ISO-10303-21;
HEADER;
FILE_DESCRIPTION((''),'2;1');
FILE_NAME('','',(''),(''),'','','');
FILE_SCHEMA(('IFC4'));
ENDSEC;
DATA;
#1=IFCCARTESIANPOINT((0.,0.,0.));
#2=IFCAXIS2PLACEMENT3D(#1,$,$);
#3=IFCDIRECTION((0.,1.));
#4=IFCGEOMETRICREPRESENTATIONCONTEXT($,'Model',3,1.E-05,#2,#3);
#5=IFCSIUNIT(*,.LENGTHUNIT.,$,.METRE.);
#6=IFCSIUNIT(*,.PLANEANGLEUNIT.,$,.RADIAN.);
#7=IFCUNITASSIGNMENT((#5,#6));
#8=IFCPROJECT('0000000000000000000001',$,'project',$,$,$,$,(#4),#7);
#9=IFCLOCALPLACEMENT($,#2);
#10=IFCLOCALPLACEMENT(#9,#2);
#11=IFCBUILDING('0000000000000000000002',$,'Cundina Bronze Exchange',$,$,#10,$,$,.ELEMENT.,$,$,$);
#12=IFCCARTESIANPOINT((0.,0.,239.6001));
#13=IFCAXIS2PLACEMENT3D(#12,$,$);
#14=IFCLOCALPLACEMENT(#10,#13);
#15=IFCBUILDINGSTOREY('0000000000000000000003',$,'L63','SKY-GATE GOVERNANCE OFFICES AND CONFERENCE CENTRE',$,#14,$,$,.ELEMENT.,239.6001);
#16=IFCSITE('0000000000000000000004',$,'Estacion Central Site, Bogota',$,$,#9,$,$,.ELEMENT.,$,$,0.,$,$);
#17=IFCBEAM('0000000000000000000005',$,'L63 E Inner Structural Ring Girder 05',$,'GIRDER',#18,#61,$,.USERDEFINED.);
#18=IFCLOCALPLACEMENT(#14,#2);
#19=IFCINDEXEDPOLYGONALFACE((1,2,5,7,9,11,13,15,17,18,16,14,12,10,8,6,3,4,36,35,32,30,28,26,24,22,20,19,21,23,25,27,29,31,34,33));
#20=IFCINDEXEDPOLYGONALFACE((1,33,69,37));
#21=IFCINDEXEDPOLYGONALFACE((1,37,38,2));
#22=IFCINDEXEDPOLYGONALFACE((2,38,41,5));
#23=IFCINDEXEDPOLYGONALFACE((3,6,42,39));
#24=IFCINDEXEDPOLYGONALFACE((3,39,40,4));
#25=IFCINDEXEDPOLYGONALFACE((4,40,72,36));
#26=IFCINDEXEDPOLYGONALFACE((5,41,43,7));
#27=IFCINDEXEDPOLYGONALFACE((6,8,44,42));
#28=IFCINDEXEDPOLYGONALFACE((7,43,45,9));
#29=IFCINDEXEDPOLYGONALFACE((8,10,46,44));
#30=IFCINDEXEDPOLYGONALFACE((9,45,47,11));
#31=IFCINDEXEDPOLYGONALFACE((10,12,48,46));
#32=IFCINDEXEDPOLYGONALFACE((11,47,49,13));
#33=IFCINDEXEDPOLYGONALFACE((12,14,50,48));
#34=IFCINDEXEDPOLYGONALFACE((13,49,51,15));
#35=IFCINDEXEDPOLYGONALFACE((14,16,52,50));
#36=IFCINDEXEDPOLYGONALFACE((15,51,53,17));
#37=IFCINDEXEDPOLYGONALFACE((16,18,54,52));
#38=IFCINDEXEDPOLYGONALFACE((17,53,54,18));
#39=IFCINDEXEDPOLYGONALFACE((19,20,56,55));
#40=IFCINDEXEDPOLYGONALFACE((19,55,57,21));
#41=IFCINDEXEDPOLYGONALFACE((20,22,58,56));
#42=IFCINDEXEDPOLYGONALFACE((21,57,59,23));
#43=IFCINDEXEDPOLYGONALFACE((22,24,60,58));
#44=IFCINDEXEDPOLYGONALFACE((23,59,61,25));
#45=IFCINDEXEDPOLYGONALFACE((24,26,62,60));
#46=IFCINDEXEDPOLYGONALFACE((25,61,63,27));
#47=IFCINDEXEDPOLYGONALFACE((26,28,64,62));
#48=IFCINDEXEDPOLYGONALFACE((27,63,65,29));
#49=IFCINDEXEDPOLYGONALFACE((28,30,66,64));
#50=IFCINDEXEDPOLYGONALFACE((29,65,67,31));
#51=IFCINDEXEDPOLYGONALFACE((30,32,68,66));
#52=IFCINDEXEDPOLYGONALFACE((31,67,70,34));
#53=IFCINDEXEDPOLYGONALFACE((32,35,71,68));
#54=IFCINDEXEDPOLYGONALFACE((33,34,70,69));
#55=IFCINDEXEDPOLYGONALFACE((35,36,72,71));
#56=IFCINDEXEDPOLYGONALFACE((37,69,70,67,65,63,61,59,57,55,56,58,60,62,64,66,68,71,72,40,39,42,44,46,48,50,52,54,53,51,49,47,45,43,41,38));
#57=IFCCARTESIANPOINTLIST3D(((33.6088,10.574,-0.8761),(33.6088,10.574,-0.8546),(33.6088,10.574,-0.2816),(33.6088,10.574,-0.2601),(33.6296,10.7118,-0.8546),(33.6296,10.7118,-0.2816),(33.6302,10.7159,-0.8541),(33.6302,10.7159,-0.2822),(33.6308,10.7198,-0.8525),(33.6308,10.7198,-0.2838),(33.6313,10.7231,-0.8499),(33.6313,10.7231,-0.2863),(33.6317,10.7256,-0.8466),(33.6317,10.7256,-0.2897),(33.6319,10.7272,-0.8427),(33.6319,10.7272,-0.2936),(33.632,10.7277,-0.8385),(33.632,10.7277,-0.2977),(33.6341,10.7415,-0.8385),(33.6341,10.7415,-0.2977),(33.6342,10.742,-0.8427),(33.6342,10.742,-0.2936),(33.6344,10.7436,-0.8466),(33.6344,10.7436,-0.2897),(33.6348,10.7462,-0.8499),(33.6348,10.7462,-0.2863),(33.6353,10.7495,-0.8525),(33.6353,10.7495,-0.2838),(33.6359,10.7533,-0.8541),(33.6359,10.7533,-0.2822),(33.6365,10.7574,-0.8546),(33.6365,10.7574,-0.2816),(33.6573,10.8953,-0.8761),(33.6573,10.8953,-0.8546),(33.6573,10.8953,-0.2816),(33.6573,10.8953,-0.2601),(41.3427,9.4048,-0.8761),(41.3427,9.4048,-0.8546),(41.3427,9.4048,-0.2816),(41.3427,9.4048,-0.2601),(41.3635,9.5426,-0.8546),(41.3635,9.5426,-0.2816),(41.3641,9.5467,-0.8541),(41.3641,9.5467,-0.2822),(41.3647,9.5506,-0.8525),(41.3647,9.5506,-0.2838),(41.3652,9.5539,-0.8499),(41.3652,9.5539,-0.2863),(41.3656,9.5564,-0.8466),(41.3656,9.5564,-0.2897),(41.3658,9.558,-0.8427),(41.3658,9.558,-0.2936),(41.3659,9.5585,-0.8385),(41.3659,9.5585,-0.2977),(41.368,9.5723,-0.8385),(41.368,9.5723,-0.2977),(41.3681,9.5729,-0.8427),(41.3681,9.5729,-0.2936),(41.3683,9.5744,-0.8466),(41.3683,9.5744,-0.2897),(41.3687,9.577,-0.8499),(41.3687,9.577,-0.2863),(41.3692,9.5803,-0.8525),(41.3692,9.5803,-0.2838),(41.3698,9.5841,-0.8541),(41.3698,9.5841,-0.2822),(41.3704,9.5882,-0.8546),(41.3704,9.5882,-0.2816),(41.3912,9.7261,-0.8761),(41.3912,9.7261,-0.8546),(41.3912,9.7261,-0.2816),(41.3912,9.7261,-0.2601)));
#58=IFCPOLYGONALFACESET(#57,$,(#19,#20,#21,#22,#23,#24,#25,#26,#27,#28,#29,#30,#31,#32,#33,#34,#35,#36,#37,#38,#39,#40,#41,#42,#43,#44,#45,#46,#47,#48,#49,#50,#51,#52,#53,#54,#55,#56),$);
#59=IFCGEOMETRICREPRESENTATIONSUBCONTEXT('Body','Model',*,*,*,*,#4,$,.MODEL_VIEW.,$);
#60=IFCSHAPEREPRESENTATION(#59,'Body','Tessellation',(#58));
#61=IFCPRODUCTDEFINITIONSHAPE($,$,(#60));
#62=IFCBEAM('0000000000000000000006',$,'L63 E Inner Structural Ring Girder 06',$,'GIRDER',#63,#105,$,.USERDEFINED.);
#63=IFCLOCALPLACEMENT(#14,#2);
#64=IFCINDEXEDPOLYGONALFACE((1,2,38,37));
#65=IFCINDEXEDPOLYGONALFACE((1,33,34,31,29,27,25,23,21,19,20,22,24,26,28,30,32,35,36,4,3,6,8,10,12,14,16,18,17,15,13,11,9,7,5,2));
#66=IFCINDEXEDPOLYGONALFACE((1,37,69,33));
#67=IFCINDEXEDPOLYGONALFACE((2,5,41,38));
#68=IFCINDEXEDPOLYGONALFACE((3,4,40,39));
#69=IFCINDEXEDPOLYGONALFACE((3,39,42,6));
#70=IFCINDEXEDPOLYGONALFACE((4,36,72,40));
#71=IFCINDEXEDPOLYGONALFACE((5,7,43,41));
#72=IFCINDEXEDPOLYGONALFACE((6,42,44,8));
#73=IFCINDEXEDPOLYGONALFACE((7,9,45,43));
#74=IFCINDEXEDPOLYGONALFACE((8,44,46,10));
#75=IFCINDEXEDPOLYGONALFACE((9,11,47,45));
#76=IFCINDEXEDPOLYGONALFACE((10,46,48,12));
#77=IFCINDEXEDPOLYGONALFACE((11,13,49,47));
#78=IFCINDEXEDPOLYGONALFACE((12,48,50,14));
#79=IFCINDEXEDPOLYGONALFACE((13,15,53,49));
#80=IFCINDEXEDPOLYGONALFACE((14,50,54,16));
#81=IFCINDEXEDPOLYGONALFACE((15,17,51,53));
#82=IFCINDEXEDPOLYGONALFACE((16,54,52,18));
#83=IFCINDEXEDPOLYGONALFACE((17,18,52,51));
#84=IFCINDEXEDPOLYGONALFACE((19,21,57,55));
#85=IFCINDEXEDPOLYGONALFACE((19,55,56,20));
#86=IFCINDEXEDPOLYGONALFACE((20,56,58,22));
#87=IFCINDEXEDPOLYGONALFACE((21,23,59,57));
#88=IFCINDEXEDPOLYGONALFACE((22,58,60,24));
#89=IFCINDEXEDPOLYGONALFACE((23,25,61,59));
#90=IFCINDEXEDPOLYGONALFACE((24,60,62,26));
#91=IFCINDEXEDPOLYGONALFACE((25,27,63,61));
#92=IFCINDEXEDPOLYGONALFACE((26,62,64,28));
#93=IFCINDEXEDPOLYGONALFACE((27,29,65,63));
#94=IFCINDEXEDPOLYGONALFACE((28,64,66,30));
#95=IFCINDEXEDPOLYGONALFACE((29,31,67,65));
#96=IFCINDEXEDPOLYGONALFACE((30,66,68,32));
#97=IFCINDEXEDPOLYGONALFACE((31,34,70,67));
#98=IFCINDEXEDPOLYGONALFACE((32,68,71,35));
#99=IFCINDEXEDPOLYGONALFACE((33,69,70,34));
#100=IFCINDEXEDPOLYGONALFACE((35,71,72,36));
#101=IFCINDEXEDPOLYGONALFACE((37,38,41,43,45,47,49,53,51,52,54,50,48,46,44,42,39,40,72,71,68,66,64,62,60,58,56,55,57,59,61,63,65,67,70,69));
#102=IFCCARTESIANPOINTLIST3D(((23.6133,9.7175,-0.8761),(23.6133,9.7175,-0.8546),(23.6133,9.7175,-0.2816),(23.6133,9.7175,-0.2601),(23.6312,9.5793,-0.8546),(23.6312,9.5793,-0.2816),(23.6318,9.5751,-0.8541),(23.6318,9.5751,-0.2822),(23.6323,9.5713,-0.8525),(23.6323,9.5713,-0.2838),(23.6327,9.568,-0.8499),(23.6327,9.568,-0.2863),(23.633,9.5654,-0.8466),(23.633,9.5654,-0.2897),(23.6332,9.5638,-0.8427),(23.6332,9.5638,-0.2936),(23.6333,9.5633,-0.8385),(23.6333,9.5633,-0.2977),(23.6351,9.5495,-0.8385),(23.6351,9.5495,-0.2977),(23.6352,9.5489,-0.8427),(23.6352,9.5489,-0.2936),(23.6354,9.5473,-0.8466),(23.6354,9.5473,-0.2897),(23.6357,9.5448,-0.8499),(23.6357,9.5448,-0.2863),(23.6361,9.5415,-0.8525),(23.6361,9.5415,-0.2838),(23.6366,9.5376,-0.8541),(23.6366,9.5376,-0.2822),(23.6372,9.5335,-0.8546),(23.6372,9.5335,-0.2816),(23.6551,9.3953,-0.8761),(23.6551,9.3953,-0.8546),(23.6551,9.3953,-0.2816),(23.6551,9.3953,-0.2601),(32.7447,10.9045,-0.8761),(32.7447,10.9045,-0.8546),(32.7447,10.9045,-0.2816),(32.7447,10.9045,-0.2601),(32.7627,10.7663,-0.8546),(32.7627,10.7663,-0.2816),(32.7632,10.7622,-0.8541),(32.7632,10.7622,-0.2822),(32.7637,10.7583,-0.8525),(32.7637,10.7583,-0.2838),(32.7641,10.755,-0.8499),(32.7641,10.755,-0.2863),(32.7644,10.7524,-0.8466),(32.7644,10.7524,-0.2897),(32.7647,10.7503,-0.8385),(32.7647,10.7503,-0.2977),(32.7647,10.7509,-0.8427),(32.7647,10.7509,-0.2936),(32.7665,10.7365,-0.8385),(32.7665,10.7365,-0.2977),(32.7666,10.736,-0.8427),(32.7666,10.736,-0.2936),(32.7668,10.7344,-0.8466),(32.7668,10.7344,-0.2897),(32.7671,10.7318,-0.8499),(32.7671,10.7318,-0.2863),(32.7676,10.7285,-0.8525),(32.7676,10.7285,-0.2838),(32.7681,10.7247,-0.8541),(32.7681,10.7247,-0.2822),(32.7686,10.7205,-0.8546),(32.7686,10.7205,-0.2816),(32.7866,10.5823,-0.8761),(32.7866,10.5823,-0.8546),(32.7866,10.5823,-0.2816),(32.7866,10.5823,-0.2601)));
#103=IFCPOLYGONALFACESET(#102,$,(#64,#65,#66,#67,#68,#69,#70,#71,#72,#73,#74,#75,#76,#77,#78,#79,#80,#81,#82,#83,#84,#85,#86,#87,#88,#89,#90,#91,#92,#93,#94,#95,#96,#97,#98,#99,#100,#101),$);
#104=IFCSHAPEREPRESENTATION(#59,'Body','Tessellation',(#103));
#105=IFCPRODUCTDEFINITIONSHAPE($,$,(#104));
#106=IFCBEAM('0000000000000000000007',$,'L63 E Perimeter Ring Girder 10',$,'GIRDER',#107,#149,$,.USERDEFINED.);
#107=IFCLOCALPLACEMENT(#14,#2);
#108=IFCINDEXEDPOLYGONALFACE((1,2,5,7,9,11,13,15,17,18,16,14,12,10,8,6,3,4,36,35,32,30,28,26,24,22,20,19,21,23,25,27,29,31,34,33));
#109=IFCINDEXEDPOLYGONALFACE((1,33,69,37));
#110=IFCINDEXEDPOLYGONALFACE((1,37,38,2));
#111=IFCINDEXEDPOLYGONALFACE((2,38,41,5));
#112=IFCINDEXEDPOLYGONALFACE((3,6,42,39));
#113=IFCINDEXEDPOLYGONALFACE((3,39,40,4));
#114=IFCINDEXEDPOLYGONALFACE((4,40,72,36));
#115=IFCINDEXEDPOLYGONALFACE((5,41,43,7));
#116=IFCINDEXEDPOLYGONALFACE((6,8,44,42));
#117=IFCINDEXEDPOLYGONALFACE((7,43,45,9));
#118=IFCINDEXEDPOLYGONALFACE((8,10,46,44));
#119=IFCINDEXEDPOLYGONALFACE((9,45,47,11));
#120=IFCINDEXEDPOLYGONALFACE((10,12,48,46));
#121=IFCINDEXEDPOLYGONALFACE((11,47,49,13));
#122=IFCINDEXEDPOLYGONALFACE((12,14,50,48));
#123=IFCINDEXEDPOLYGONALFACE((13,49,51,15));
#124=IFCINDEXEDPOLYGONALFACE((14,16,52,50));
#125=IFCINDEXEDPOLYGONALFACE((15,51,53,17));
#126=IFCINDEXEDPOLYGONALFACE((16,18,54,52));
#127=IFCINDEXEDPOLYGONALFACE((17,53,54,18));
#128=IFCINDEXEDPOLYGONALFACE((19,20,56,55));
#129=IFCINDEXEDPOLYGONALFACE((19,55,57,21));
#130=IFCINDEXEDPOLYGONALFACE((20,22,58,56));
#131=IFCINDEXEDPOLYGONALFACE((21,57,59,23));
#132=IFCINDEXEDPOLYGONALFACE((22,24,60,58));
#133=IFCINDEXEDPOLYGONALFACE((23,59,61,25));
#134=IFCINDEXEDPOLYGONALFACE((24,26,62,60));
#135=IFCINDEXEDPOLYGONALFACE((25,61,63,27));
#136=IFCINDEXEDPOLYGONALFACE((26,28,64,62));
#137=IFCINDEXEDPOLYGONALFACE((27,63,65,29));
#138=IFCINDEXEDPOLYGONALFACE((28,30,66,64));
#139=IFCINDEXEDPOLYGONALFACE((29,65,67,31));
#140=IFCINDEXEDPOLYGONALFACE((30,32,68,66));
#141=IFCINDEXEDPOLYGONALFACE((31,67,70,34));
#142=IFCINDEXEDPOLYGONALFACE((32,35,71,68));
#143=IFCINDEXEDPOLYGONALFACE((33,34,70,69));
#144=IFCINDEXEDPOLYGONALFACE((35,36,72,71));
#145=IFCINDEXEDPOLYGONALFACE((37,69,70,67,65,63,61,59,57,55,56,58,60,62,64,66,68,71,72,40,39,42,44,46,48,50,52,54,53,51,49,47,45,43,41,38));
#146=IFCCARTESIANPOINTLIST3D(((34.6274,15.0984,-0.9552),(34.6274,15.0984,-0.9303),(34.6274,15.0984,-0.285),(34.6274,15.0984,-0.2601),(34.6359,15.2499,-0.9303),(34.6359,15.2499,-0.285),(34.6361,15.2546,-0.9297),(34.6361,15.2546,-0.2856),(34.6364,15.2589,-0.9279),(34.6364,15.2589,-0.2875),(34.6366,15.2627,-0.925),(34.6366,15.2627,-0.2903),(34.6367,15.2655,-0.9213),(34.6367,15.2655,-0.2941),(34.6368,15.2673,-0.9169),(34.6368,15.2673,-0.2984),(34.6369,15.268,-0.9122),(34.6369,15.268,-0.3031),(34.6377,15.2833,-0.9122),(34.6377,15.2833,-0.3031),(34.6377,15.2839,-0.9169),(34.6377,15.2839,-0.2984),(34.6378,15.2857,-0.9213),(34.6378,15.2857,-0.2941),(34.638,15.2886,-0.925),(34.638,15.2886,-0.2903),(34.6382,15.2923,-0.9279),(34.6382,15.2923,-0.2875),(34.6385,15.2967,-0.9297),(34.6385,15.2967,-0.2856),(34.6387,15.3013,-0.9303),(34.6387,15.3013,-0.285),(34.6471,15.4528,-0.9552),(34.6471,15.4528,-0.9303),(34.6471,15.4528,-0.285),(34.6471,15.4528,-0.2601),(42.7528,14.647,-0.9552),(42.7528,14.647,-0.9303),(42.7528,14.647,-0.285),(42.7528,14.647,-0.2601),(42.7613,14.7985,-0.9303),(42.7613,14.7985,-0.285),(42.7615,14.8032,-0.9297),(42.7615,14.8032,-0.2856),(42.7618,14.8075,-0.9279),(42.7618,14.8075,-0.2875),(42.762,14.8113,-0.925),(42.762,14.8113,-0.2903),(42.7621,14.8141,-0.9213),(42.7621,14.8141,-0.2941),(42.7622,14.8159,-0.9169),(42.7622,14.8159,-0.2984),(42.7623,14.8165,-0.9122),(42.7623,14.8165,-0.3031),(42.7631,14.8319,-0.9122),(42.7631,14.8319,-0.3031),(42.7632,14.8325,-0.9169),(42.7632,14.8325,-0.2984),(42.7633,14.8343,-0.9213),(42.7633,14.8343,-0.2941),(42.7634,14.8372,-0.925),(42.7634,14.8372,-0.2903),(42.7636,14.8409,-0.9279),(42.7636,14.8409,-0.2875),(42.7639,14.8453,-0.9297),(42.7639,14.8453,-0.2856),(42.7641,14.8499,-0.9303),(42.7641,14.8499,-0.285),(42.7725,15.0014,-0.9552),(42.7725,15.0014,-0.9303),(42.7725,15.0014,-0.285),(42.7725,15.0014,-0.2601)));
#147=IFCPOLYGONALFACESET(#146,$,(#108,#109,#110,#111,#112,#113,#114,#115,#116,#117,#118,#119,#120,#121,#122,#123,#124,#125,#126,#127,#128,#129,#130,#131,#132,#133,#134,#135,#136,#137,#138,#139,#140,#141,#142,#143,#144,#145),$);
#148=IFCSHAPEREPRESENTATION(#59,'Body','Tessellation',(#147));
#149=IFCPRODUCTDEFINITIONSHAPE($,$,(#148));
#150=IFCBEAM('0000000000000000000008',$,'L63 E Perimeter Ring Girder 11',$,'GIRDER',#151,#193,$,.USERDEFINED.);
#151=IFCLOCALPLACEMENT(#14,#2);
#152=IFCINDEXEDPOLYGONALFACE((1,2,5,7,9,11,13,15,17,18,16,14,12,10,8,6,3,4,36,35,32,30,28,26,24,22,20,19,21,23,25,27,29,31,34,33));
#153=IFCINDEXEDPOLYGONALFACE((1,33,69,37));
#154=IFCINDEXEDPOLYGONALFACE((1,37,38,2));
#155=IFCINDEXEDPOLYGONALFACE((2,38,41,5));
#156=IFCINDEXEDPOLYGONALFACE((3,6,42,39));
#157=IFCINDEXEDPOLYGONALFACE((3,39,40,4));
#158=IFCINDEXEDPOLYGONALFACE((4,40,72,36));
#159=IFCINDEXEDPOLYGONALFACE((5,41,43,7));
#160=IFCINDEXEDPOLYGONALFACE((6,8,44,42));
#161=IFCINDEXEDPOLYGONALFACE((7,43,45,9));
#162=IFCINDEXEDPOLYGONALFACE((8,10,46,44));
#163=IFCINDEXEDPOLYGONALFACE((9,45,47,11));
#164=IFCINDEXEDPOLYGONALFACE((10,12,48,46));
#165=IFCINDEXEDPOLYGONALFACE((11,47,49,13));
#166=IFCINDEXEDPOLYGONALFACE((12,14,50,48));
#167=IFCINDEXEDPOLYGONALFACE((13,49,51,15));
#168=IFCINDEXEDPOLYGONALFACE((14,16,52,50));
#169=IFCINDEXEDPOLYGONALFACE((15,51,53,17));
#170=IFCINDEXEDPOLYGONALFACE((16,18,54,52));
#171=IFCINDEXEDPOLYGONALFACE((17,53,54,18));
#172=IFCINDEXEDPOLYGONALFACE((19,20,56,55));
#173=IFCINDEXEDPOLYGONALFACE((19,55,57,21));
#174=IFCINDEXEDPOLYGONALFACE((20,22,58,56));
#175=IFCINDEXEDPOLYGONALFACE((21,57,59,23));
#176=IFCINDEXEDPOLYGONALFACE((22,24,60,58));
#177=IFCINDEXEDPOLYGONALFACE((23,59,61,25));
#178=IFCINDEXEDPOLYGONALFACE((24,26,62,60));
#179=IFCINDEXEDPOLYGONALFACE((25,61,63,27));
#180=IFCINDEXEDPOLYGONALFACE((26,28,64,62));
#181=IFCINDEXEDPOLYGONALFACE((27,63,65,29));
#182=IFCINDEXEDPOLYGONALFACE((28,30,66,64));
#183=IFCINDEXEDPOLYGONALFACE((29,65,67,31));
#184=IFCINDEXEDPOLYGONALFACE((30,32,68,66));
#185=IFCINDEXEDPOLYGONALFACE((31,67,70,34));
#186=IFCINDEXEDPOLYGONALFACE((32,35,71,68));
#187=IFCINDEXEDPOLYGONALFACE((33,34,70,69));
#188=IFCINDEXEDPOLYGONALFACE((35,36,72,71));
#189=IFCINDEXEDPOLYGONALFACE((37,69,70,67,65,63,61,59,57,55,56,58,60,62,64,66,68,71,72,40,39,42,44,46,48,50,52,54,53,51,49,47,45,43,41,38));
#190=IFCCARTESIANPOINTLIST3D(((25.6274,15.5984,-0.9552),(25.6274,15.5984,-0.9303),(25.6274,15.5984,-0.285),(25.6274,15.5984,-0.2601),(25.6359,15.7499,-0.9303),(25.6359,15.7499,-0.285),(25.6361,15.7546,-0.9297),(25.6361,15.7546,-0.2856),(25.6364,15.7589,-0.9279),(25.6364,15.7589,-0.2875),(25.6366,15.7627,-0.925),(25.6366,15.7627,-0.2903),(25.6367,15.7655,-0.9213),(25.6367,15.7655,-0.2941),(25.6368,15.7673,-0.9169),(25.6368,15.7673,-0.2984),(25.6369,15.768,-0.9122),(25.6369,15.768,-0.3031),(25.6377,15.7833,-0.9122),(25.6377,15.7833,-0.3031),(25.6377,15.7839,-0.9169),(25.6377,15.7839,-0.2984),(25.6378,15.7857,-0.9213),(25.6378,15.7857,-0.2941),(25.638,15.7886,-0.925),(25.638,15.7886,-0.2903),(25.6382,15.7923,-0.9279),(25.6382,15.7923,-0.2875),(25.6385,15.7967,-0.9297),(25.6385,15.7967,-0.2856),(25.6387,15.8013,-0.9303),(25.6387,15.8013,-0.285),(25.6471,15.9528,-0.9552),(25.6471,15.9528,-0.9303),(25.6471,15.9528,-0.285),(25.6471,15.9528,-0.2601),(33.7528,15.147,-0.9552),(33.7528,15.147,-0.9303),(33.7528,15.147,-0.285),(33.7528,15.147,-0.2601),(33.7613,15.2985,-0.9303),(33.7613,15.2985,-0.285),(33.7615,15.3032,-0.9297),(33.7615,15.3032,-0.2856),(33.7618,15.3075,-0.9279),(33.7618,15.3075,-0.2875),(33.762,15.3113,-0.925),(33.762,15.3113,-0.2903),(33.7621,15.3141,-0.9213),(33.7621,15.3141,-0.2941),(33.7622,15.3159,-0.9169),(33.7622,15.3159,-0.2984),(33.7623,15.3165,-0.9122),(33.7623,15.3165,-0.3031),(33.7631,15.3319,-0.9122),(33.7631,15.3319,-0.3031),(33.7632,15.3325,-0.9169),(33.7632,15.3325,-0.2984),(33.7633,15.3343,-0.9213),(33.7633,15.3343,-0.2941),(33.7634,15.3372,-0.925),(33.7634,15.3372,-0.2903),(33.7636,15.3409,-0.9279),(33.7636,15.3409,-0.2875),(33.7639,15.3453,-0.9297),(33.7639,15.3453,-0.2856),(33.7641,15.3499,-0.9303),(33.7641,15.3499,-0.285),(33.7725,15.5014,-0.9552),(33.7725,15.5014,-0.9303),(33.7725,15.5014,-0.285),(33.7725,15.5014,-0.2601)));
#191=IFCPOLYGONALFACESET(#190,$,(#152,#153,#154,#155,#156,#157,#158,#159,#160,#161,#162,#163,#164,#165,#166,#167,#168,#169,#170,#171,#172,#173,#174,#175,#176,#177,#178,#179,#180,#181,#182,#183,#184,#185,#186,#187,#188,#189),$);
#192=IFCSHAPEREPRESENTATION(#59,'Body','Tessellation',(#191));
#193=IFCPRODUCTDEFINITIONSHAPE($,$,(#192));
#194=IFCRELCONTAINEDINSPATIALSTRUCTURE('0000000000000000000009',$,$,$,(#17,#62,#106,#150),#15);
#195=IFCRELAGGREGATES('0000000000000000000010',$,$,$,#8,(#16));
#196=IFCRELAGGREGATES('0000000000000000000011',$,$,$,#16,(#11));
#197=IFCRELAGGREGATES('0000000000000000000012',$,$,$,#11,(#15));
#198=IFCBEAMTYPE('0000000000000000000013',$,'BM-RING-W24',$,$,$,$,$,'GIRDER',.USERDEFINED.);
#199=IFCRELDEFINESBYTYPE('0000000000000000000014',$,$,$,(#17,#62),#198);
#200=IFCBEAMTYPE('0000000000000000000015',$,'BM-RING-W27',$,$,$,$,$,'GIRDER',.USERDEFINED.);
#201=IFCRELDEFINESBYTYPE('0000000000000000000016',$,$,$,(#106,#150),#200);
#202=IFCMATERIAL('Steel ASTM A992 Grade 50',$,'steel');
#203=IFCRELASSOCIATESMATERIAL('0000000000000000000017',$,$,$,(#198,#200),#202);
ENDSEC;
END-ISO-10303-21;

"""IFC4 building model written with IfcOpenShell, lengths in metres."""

from ifc_helpers import new_model, si_unit, direction, frame, origin, origin_2d, place, context, subcontext, project, spatial, i_section, extrude, material, material_profile, profile_set, type_object, element, save


model = new_model("IFC4")

# Units and contexts
model_context = context("Model", 3, precision=1e-05, world=origin(), true_north=direction((0.0, 1.0)))
body_context = subcontext(model_context, "Body", "Model", "MODEL_VIEW")
ifc_project = project(units=[si_unit("LENGTHUNIT", "METRE"), si_unit("PLANEANGLEUNIT", "RADIAN")], contexts=[model_context])

# Site, building, storey
site_placement = place(None, origin())
site = spatial("IfcSite", under=ifc_project, at=site_placement, Name="Estacion Central Site, Bogota", CompositionType="ELEMENT", RefElevation=0.0)
building_placement = place(site_placement, origin())
building = spatial("IfcBuilding", under=site, at=building_placement, Name="Cundina Bronze Exchange", CompositionType="ELEMENT")
storey_placement = place(building_placement, frame((0.0, 0.0, 239.6001)))
storey = spatial("IfcBuildingStorey", under=building, at=storey_placement, Name="L63", Description="SKY-GATE GOVERNANCE OFFICES AND CONFERENCE CENTRE", CompositionType="ELEMENT", Elevation=239.6001)

# Beams
ifc_material_1 = material(Name="Steel ASTM A992 Grade 50", Category="steel")
ifc_material_profile_1 = material_profile(ifc_material_1, i_section(OverallWidth=0.325, OverallDepth=0.616, WebThickness=0.0139, FlangeThickness=0.0215, FilletRadius=0.0161, at=origin_2d()), Name="W24X117", Category="steel")
ifc_profile_set_1 = profile_set([ifc_material_profile_1], Name="Steel ASTM A992 Grade 50")
beam_type_1 = type_object("IfcBeamType", Name="BM-RING-W24", ElementType="GIRDER", PredefinedType="USERDEFINED", material=ifc_profile_set_1)
beam_1_placement = place(storey_placement, frame((41.3669, 9.5654, -0.5681), z_axis=(-0.988765, 0.149479, 0.0), x_axis=(-0.149479, -0.988765, 0.0)))
element("IfcBeam", 1, at=beam_1_placement, inside=storey, type_object=beam_type_1, Name="L63 E Inner Structural Ring Girder 05", ObjectType="GIRDER", PredefinedType="USERDEFINED", context=body_context, shape_type="SweptSolid", body=[
    extrude(i_section(OverallWidth=0.325, OverallDepth=0.616, WebThickness=0.0139, FlangeThickness=0.0215, FilletRadius=0.0161, at=origin_2d()), origin(), (0.0, 0.0, 1.0), 7.8218),
])
beam_2_placement = place(storey_placement, frame((32.7656, 10.7434, -0.5681), z_axis=(-0.991656, -0.128908, 0.0), x_axis=(0.128908, -0.991656, 0.0)))
element("IfcBeam", 2, at=beam_2_placement, inside=storey, type_object=beam_type_1, Name="L63 E Inner Structural Ring Girder 06", ObjectType="GIRDER", PredefinedType="USERDEFINED", context=body_context, shape_type="SweptSolid", body=[
    extrude(i_section(OverallWidth=0.325, OverallDepth=0.616, WebThickness=0.0139, FlangeThickness=0.0215, FilletRadius=0.0161, at=origin_2d()), origin(), (0.0, 0.0, 1.0), 9.2083),
])
ifc_material_profile_2 = material_profile(ifc_material_1, i_section(OverallWidth=0.355, OverallDepth=0.6951, WebThickness=0.0154, FlangeThickness=0.0249, FilletRadius=0.0181, at=origin_2d()), Name="W27X146", Category="steel")
ifc_profile_set_2 = profile_set([ifc_material_profile_2], Name="Steel ASTM A992 Grade 50")
beam_type_2 = type_object("IfcBeamType", Name="BM-RING-W27", ElementType="GIRDER", PredefinedType="USERDEFINED", material=ifc_profile_set_2)
for number, where, z_axis, x_axis, name in (
    (3, (42.7627, 14.8242, -0.6077), (-0.99846, 0.05547, 0.0), (-0.05547, -0.99846, 0.0), "L63 E Perimeter Ring Girder 10"),
    (4, (33.7627, 15.3242, -0.6077), (-0.99846, 0.05547, 0.0), (-0.05547, -0.99846, 0.0), "L63 E Perimeter Ring Girder 11"),
):
    element("IfcBeam", number, at=place(storey_placement, frame(where, z_axis=z_axis, x_axis=x_axis)), inside=storey, type_object=beam_type_2, Name=name, ObjectType="GIRDER", PredefinedType="USERDEFINED", context=body_context, shape_type="SweptSolid", body=[
        extrude(i_section(OverallWidth=0.355, OverallDepth=0.6951, WebThickness=0.0154, FlangeThickness=0.0249, FilletRadius=0.0181, at=origin_2d()), origin(), (0.0, 0.0, 1.0), 8.1379),
    ])

save(model, "model.ifc")
